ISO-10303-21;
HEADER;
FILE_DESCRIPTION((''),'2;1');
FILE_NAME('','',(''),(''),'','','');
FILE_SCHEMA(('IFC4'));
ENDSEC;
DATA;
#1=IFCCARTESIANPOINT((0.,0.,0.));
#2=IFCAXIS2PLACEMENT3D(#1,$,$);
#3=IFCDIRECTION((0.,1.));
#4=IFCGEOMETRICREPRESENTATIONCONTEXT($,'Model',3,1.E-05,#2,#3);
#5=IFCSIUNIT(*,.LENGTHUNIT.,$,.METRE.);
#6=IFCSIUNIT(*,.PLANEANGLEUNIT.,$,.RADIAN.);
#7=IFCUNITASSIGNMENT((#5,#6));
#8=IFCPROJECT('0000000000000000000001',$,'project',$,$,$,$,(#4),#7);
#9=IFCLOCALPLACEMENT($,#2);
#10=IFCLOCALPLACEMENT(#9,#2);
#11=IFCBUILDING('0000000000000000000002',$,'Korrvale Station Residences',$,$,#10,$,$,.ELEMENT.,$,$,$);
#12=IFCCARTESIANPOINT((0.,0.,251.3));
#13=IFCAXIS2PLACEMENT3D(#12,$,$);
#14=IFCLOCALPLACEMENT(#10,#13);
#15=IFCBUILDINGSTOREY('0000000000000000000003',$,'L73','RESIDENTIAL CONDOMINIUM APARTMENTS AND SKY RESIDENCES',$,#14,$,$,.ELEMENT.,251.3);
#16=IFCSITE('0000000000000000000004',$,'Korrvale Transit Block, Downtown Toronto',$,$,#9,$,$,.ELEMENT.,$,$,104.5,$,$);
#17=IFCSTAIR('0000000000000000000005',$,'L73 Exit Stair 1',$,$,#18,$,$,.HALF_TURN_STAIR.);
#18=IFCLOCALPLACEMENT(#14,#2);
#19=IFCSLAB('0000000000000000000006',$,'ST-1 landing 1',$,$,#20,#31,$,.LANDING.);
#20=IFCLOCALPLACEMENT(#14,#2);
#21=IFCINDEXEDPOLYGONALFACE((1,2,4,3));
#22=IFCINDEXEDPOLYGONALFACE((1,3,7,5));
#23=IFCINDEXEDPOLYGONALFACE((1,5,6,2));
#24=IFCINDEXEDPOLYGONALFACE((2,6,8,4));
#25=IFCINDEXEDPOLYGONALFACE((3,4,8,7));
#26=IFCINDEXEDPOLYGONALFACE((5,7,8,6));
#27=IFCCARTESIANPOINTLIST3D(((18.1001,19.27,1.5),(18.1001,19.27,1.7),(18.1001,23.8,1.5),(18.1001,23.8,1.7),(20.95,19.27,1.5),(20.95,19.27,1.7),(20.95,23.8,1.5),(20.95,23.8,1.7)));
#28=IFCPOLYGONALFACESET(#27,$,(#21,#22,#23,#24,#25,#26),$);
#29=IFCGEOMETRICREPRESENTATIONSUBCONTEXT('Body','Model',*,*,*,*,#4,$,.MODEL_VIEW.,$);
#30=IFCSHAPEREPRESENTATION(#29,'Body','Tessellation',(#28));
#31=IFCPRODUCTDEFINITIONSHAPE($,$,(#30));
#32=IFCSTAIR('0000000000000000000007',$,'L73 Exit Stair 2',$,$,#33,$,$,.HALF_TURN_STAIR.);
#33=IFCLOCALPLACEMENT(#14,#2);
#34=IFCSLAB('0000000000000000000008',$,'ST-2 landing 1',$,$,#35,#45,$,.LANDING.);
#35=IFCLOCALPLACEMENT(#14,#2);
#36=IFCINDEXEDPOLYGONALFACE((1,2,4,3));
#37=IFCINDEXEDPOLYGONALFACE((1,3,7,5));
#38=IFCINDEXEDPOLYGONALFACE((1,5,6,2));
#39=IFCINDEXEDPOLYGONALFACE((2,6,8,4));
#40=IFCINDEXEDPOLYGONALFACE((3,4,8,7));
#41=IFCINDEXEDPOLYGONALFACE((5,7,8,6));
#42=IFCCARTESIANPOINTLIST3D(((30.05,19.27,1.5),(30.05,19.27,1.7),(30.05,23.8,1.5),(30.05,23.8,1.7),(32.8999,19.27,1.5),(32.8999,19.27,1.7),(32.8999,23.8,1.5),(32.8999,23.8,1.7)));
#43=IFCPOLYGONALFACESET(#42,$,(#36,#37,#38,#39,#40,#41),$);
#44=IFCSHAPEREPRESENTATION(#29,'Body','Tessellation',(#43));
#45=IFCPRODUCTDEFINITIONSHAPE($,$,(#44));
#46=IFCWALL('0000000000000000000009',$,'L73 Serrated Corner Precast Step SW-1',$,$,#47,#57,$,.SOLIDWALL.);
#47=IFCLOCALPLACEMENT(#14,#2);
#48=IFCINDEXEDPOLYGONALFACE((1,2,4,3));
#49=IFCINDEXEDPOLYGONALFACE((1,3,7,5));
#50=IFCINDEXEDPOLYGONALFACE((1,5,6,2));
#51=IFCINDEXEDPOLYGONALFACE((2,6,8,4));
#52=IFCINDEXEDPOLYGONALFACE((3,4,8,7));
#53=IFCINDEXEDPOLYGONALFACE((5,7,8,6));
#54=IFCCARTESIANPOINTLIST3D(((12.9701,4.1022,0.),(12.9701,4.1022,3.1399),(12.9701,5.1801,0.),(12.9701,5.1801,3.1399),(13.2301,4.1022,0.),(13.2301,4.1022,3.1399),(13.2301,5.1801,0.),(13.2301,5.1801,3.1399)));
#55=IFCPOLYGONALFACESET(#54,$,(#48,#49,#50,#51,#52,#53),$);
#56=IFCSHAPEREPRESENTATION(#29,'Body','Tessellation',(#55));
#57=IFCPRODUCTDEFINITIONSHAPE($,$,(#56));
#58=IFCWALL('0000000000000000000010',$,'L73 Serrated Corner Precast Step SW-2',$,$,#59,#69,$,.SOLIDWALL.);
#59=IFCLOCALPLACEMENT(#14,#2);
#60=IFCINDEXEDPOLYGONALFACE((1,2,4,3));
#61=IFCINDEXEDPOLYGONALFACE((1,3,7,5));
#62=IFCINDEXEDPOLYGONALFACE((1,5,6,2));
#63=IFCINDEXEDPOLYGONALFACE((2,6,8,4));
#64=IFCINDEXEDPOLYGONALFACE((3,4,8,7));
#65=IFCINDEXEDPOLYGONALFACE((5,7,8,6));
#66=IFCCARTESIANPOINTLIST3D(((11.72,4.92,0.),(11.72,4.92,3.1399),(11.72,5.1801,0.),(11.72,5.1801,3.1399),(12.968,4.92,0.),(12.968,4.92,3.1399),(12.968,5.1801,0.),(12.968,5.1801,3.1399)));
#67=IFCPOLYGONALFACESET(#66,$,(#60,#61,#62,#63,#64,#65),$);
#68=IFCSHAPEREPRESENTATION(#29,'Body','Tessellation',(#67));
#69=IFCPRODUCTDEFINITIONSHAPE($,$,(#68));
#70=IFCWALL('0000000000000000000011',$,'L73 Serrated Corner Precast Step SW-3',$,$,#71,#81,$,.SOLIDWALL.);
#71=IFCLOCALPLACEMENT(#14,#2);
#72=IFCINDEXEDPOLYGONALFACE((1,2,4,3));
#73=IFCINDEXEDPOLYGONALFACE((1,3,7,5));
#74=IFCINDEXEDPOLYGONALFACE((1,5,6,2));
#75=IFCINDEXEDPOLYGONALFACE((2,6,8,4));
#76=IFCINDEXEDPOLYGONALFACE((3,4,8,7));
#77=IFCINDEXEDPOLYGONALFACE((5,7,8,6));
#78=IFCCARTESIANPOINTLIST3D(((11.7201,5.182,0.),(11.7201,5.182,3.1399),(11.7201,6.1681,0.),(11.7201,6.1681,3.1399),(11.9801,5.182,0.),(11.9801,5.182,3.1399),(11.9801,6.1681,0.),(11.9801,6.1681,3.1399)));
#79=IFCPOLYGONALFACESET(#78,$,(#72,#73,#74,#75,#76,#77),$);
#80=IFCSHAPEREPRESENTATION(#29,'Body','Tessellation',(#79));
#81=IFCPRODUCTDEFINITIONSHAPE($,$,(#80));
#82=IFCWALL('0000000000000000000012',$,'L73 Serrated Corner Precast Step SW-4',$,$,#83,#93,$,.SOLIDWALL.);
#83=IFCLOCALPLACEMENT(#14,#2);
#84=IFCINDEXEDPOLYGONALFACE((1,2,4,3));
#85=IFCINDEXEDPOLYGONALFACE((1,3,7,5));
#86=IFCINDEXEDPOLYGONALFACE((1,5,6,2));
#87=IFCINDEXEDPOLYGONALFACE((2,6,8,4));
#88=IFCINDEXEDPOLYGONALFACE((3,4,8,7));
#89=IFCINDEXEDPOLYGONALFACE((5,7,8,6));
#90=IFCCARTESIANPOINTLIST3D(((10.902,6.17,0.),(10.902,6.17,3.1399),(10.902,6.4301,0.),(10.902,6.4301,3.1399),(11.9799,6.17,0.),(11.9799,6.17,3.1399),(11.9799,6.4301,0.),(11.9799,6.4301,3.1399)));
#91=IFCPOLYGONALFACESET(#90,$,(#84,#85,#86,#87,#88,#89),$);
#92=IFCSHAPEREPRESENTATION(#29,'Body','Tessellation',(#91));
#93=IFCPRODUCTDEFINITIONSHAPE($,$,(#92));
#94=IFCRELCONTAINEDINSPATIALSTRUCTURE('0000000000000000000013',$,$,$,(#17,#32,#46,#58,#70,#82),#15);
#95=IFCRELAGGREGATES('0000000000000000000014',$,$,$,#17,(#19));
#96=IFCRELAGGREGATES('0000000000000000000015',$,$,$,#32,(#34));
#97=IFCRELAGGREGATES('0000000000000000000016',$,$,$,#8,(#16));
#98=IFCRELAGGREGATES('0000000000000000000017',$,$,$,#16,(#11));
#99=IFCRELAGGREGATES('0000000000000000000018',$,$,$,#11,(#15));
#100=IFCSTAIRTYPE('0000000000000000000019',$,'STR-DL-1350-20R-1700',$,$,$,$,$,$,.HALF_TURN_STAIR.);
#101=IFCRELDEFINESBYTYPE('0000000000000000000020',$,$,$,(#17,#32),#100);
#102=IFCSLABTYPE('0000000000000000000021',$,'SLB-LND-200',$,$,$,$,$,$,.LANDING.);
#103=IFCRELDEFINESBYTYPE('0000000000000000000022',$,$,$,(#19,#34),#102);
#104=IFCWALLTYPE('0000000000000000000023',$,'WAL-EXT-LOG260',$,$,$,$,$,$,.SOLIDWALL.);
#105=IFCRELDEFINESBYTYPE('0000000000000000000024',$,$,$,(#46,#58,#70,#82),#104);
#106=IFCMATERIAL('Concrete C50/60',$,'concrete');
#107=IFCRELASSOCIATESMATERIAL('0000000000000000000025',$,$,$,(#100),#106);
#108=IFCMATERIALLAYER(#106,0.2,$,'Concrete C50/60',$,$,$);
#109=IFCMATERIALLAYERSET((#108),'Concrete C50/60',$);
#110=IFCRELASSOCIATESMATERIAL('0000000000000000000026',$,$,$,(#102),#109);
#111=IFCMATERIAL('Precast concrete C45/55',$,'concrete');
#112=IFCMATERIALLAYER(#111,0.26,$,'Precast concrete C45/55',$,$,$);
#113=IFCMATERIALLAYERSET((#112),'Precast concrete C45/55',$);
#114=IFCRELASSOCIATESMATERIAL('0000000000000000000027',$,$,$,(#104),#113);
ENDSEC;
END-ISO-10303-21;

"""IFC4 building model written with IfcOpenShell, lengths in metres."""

from ifc_helpers import new_model, si_unit, direction, frame, frame_2d, origin, place, context, subcontext, project, spatial, polyline, rectangle, outline, extrude, material, layer, layer_set, type_object, element, aggregate, save


model = new_model("IFC4")

# Units and contexts
model_context = context("Model", 3, precision=1e-05, world=origin(), true_north=direction((0.0, 1.0)))
body_context = subcontext(model_context, "Body", "Model", "MODEL_VIEW")
ifc_project = project(units=[si_unit("LENGTHUNIT", "METRE"), si_unit("PLANEANGLEUNIT", "RADIAN")], contexts=[model_context])

# Site, building, storey
site_placement = place(None, origin())
site = spatial("IfcSite", under=ifc_project, at=site_placement, Name="Korrvale Transit Block, Downtown Toronto", CompositionType="ELEMENT", RefElevation=104.5)
building_placement = place(site_placement, origin())
building = spatial("IfcBuilding", under=site, at=building_placement, Name="Korrvale Station Residences", CompositionType="ELEMENT")
storey_placement = place(building_placement, frame((0.0, 0.0, 251.3)))
storey = spatial("IfcBuildingStorey", under=building, at=storey_placement, Name="L73", Description="RESIDENTIAL CONDOMINIUM APARTMENTS AND SKY RESIDENCES", CompositionType="ELEMENT", Elevation=251.3)

# Shared definitions
ifc_material_1 = material(Name="Concrete C50/60", Category="concrete")

# Stairs, slabs
stair_type = type_object("IfcStairType", Name="STR-DL-1350-20R-1700", PredefinedType="HALF_TURN_STAIR", material=ifc_material_1)
stair_1_placement = place(storey_placement, origin())
stair_1 = element("IfcStair", 1, at=stair_1_placement, inside=storey, type_object=stair_type, Name="L73 Exit Stair 1", PredefinedType="HALF_TURN_STAIR")
ifc_layer_1 = layer(ifc_material_1, 0.2, Name="Concrete C50/60")
ifc_layer_set_1 = layer_set([ifc_layer_1], Name="Concrete C50/60")
slab_type_1 = type_object("IfcSlabType", Name="SLB-LND-200", PredefinedType="LANDING", material=ifc_layer_set_1)
slab_1_placement = place(storey_placement, frame((0.0, 0.0, 1.5)))
slab_1 = element("IfcSlab", 2, at=slab_1_placement, type_object=slab_type_1, Name="ST-1 landing 1", PredefinedType="LANDING", context=body_context, shape_type="SweptSolid", body=[
    extrude(outline(polyline([(20.95, 19.27), (20.95, 23.8), (18.1001, 23.8), (18.1001, 19.27), (20.95, 19.27)])), origin(), (0.0, 0.0, 1.0), 0.2),
])
aggregate(stair_1, [slab_1])
stair_2_placement = place(storey_placement, origin())
stair_2 = element("IfcStair", 3, at=stair_2_placement, inside=storey, type_object=stair_type, Name="L73 Exit Stair 2", PredefinedType="HALF_TURN_STAIR")
slab_2_placement = place(storey_placement, frame((0.0, 0.0, 1.5)))
slab_2 = element("IfcSlab", 4, at=slab_2_placement, type_object=slab_type_1, Name="ST-2 landing 1", PredefinedType="LANDING", context=body_context, shape_type="SweptSolid", body=[
    extrude(outline(polyline([(32.8999, 19.27), (32.8999, 23.8), (30.05, 23.8), (30.05, 19.27), (32.8999, 19.27)])), origin(), (0.0, 0.0, 1.0), 0.2),
])
aggregate(stair_2, [slab_2])

# Walls
ifc_material_2 = material(Name="Precast concrete C45/55", Category="concrete")
ifc_layer_2 = layer(ifc_material_2, 0.26, Name="Precast concrete C45/55")
ifc_layer_set_2 = layer_set([ifc_layer_2], Name="Precast concrete C45/55")
wall_type_1 = type_object("IfcWallType", Name="WAL-EXT-LOG260", PredefinedType="SOLIDWALL", material=ifc_layer_set_2)
wall_1_placement = place(storey_placement, frame((13.1001, 4.1021, 0.0), z_axis=(0.0, 0.0, 1.0), x_axis=(0.0, 1.0, 0.0)))
element("IfcWall", 5, at=wall_1_placement, inside=storey, type_object=wall_type_1, Name="L73 Serrated Corner Precast Step SW-1", PredefinedType="SOLIDWALL", context=body_context, shape_type="SweptSolid", body=[
    extrude(rectangle(XDim=1.0779, YDim=0.26, at=frame_2d((0.5391, 0.0))), origin(), (0.0, 0.0, 1.0), 3.1399),
])
wall_2_placement = place(storey_placement, frame((12.968, 5.05, 0.0), z_axis=(0.0, 0.0, 1.0), x_axis=(-1.0, 0.0, 0.0)))
element("IfcWall", 6, at=wall_2_placement, inside=storey, type_object=wall_type_1, Name="L73 Serrated Corner Precast Step SW-2", PredefinedType="SOLIDWALL", context=body_context, shape_type="SweptSolid", body=[
    extrude(rectangle(XDim=1.248, YDim=0.26, at=frame_2d((0.624, 0.0))), origin(), (0.0, 0.0, 1.0), 3.1399),
])
wall_3_placement = place(storey_placement, frame((11.8501, 5.1819, 0.0), z_axis=(0.0, 0.0, 1.0), x_axis=(0.0, 1.0, 0.0)))
element("IfcWall", 7, at=wall_3_placement, inside=storey, type_object=wall_type_1, Name="L73 Serrated Corner Precast Step SW-3", PredefinedType="SOLIDWALL", context=body_context, shape_type="SweptSolid", body=[
    extrude(rectangle(XDim=0.9861, YDim=0.26, at=frame_2d((0.4932, 0.0))), origin(), (0.0, 0.0, 1.0), 3.1399),
])
wall_4_placement = place(storey_placement, frame((11.98, 6.3, 0.0), z_axis=(0.0, 0.0, 1.0), x_axis=(-1.0, 0.0, 0.0)))
element("IfcWall", 8, at=wall_4_placement, inside=storey, type_object=wall_type_1, Name="L73 Serrated Corner Precast Step SW-4", PredefinedType="SOLIDWALL", context=body_context, shape_type="SweptSolid", body=[
    extrude(rectangle(XDim=1.0779, YDim=0.26, at=frame_2d((0.5391, 0.0))), origin(), (0.0, 0.0, 1.0), 3.1399),
])

save(model, "model.ifc")
